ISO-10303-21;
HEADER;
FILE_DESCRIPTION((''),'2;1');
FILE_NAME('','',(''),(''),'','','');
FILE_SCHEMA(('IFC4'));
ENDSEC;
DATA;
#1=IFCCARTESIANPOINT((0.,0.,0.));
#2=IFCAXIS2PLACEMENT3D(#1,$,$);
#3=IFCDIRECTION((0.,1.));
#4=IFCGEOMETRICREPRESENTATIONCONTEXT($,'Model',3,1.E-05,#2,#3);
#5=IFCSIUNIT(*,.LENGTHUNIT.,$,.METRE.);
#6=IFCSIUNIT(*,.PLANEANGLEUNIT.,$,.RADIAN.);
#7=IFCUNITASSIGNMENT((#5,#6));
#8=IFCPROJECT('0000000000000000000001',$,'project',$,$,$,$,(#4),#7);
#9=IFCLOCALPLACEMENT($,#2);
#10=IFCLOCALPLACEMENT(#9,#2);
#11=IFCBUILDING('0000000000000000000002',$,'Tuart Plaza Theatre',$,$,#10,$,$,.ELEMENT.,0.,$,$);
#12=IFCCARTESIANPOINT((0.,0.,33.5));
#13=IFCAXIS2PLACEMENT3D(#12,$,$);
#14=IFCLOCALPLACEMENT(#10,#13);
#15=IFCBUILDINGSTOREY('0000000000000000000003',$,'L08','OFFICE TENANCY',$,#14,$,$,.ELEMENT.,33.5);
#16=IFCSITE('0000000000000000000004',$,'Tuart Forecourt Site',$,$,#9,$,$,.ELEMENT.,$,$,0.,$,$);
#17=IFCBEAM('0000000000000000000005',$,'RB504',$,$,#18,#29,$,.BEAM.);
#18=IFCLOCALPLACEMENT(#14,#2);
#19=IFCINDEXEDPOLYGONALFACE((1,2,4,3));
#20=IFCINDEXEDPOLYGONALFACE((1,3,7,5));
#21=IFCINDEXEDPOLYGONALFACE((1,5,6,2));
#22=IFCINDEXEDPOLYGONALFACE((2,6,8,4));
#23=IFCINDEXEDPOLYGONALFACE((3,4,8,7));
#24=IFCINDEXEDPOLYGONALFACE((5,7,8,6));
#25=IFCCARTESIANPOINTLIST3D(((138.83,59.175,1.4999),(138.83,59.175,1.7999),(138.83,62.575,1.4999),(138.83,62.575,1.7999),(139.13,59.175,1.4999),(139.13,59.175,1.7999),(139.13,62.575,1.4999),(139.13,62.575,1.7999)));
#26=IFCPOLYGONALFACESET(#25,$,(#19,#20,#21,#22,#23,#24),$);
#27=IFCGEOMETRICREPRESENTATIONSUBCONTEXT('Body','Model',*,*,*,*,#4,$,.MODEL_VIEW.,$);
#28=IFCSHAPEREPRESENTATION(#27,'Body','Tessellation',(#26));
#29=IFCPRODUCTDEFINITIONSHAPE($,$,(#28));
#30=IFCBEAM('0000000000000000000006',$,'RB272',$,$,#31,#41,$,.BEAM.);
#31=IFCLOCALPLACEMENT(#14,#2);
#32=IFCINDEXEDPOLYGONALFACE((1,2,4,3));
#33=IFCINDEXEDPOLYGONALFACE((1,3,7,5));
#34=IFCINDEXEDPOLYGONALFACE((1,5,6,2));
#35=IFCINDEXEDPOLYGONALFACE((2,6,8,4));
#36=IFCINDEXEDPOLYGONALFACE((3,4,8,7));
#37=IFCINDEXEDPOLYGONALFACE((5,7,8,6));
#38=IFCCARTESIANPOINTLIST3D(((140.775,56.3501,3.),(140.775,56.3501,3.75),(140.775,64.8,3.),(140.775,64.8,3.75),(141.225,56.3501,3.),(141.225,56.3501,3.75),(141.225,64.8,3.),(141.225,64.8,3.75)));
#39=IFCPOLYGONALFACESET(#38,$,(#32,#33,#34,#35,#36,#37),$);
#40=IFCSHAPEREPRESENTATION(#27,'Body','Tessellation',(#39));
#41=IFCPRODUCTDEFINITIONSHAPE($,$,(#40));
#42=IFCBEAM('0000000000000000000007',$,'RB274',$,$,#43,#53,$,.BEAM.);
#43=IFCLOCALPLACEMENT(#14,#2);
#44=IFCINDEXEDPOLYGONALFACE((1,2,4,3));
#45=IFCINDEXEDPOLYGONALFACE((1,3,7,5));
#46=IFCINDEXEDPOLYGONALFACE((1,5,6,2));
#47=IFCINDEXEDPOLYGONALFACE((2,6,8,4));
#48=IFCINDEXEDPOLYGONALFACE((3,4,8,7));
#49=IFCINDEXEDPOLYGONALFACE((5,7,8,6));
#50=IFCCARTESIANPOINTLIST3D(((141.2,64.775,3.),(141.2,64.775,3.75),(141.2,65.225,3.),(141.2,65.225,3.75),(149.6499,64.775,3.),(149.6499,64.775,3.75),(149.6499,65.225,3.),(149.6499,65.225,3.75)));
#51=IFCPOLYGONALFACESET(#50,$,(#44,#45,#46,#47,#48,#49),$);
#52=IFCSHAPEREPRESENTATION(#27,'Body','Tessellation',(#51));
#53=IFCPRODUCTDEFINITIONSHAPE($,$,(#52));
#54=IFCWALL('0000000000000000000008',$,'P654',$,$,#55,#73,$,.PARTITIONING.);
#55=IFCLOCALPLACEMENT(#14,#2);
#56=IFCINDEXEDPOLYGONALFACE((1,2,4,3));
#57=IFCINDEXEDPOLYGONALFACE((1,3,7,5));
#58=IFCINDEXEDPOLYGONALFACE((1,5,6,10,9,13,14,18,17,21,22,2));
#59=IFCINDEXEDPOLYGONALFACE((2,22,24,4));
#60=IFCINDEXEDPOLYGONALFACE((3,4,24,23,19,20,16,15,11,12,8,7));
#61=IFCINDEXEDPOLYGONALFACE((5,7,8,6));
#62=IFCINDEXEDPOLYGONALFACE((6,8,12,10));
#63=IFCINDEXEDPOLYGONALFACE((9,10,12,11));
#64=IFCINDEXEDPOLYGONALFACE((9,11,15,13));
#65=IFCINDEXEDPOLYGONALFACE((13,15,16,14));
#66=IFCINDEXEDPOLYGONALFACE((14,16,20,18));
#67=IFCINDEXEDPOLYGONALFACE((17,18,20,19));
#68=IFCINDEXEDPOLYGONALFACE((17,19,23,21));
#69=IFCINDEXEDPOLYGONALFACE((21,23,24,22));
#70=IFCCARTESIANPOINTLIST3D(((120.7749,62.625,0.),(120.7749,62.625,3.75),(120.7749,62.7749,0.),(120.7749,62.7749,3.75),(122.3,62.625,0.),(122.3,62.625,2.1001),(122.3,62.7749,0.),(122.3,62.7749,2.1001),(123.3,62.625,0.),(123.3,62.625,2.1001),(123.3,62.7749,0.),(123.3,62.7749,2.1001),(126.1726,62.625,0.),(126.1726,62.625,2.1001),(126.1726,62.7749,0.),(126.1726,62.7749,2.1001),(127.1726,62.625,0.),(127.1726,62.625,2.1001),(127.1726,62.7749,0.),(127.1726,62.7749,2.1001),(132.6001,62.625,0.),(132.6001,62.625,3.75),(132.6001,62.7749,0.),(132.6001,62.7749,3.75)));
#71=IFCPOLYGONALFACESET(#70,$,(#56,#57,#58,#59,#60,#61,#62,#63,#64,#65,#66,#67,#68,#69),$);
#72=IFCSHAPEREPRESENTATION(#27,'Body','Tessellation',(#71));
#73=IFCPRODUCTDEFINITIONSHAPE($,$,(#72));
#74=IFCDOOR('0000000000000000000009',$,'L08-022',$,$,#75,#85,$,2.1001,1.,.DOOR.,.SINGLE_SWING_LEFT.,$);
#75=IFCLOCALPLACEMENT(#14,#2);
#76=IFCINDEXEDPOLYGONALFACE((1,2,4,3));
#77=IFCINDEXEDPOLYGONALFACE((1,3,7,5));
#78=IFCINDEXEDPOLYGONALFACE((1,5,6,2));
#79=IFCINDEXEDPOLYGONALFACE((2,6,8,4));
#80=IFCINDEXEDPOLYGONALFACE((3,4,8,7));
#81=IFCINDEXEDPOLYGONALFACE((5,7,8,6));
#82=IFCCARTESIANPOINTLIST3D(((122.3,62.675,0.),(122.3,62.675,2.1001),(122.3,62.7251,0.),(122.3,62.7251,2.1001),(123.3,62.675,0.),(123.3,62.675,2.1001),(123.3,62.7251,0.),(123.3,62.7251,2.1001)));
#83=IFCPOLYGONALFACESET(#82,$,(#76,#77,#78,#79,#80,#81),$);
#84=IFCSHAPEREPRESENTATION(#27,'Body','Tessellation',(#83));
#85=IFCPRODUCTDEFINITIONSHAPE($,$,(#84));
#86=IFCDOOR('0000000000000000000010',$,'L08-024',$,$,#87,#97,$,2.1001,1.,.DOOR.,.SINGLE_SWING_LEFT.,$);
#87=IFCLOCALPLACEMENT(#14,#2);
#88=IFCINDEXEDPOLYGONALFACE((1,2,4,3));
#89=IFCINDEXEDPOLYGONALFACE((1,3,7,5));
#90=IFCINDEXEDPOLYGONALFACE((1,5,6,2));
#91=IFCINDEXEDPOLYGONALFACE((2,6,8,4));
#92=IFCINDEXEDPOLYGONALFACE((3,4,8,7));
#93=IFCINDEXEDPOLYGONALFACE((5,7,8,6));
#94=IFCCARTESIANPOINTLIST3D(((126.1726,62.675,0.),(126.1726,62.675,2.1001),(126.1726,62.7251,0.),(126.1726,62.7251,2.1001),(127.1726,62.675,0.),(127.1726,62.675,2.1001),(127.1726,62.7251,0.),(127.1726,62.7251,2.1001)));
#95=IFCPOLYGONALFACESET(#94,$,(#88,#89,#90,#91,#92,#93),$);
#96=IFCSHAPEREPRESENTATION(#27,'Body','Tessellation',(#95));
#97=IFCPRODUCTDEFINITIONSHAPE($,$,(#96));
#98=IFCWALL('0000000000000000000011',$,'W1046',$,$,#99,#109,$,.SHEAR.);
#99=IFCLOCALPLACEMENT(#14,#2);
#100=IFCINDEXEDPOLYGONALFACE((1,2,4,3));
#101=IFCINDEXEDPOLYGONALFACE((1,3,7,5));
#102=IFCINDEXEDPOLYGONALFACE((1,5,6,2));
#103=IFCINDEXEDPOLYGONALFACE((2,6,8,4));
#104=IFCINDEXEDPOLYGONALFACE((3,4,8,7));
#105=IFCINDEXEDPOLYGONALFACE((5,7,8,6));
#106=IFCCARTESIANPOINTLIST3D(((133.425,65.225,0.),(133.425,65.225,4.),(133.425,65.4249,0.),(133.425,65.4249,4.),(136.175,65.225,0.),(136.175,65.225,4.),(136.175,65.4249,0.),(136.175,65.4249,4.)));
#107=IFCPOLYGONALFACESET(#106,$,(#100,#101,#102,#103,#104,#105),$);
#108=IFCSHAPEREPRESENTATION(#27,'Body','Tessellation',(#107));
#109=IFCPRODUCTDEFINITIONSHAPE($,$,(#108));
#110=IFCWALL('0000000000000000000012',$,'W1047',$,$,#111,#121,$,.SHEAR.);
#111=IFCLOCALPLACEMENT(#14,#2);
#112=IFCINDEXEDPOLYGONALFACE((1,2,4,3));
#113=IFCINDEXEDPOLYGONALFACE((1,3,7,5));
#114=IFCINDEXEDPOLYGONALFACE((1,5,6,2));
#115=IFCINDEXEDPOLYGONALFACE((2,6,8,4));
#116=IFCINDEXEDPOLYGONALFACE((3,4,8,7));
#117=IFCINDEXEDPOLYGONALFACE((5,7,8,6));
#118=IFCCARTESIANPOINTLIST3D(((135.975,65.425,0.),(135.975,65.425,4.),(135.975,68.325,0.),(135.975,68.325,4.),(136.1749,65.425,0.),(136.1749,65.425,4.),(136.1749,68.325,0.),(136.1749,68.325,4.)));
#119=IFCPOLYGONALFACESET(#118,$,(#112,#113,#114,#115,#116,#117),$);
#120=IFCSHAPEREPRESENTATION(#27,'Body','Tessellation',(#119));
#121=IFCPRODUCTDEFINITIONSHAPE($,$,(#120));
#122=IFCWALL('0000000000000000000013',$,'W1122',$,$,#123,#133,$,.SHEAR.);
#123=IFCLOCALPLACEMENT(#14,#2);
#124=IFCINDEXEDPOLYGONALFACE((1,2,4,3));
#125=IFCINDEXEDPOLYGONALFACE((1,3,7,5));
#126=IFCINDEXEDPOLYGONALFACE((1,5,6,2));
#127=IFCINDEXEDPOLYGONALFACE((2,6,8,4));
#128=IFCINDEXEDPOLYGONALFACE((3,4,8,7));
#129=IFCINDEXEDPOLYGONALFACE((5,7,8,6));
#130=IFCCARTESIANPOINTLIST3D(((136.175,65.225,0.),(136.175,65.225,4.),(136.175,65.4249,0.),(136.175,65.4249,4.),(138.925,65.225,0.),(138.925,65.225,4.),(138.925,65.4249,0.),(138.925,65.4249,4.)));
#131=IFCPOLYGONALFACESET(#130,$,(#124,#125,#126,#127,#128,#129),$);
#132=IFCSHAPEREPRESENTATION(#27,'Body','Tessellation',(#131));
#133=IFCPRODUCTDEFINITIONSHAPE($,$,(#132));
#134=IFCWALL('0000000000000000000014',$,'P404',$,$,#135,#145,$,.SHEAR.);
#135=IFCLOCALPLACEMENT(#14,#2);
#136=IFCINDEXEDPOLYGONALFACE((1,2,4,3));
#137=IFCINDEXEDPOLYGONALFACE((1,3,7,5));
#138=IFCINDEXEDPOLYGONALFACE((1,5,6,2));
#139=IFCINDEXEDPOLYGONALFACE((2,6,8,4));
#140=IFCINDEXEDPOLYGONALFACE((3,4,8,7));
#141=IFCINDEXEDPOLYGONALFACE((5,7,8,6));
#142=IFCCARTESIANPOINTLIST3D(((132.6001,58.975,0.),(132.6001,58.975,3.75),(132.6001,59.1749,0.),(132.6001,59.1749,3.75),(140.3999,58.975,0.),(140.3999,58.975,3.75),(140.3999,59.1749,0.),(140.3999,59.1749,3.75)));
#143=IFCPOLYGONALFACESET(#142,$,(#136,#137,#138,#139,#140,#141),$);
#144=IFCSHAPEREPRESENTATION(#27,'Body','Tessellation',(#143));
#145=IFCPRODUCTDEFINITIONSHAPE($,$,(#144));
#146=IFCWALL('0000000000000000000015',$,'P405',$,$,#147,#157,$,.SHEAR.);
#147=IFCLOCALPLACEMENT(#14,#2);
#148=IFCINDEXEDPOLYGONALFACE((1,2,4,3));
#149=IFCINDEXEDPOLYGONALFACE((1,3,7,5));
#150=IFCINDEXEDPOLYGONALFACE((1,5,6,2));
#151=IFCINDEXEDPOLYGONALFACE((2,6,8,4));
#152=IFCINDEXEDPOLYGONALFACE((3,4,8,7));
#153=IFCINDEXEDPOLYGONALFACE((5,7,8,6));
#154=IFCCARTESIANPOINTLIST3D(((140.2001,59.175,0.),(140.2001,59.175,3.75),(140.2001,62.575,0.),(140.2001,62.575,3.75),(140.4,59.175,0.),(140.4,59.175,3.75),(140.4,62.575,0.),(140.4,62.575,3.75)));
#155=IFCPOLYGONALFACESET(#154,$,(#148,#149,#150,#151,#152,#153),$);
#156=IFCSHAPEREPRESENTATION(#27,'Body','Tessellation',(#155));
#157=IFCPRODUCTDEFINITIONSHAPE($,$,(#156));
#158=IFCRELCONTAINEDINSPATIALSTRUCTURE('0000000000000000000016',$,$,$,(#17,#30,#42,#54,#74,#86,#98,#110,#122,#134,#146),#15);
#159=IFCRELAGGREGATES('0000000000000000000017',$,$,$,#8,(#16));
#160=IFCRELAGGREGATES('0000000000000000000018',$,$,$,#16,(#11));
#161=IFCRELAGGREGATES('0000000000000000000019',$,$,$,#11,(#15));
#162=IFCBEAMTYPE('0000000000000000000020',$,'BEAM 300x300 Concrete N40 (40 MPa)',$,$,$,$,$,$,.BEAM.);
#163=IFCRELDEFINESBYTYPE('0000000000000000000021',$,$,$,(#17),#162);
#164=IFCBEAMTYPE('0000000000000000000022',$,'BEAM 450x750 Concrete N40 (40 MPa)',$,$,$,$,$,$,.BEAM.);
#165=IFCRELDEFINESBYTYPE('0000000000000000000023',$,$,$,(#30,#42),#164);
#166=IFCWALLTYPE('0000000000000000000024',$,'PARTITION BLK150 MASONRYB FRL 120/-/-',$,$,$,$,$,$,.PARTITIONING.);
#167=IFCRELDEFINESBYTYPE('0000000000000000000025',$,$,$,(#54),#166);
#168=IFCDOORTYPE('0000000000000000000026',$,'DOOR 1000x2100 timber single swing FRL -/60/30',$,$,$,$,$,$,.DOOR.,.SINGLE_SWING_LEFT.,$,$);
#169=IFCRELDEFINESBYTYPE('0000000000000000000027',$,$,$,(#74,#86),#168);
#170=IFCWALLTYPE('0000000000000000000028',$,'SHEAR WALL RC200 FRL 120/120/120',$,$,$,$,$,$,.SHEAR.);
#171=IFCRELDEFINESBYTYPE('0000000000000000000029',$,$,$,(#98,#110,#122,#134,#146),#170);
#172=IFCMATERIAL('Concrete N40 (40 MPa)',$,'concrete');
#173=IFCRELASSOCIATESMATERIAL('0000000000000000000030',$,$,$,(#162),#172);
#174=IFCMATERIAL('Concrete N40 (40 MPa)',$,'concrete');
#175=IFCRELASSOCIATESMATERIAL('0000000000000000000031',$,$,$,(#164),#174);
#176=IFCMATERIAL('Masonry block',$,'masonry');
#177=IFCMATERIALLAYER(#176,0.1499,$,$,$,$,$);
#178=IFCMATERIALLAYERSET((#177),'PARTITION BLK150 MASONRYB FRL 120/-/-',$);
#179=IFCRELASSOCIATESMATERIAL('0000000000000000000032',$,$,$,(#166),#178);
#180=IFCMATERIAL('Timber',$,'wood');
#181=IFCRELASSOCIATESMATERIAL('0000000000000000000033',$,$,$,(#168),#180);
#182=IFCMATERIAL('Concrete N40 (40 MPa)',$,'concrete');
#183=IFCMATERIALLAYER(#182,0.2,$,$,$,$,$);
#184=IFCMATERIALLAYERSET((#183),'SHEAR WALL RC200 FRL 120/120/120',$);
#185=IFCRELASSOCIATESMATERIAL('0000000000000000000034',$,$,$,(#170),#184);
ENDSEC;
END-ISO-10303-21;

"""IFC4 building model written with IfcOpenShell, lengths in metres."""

from ifc_helpers import new_model, si_unit, direction, frame, frame_2d, origin, origin_2d, place, context, subcontext, project, spatial, rectangle, extrude, material, layer, layer_set, material_profile, profile_set, type_object, element, fill, save


model = new_model("IFC4")

# Units and contexts
model_context = context("Model", 3, precision=1e-05, world=origin(), true_north=direction((0.0, 1.0)))
body_context = subcontext(model_context, "Body", "Model", "MODEL_VIEW")
ifc_project = project(units=[si_unit("LENGTHUNIT", "METRE"), si_unit("PLANEANGLEUNIT", "RADIAN")], contexts=[model_context])

# Site, building, storey
site_placement = place(None, origin())
site = spatial("IfcSite", under=ifc_project, at=site_placement, Name="Tuart Forecourt Site", CompositionType="ELEMENT", RefElevation=0.0)
building_placement = place(site_placement, origin())
building = spatial("IfcBuilding", under=site, at=building_placement, Name="Tuart Plaza Theatre", CompositionType="ELEMENT", ElevationOfRefHeight=0.0)
storey_placement = place(building_placement, frame((0.0, 0.0, 33.5)))
storey = spatial("IfcBuildingStorey", under=building, at=storey_placement, Name="L08", Description="OFFICE TENANCY", CompositionType="ELEMENT", Elevation=33.5)

# Beams
ifc_material_1 = material(Name="Concrete N40 (40 MPa)", Category="concrete")
ifc_material_profile_1 = material_profile(ifc_material_1, rectangle(XDim=0.3, YDim=0.3, at=origin_2d()), Name="BEAM 300x300 Concrete N40 (40 MPa)")
ifc_profile_set_1 = profile_set([ifc_material_profile_1], Name="Concrete N40 (40 MPa)")
beam_type_1 = type_object("IfcBeamType", Name="BEAM 300x300 Concrete N40 (40 MPa)", PredefinedType="BEAM", material=ifc_profile_set_1)
beam_placement = place(storey_placement, frame((138.98, 59.175, 1.6499), z_axis=(0.0, 1.0, 0.0), x_axis=(-1.0, 0.0, 0.0)))
element("IfcBeam", 1, at=beam_placement, inside=storey, type_object=beam_type_1, Name="RB504", PredefinedType="BEAM", context=body_context, shape_type="SweptSolid", body=[
    extrude(rectangle(XDim=0.3, YDim=0.3, at=origin_2d()), origin(), (0.0, 0.0, 1.0), 3.3999),
])
ifc_material_2 = material(Name="Concrete N40 (40 MPa)", Category="concrete")
ifc_material_profile_2 = material_profile(ifc_material_2, rectangle(XDim=0.45, YDim=0.75, at=origin_2d()), Name="BEAM 450x750 Concrete N40 (40 MPa)")
ifc_profile_set_2 = profile_set([ifc_material_profile_2], Name="Concrete N40 (40 MPa)")
beam_type_2 = type_object("IfcBeamType", Name="BEAM 450x750 Concrete N40 (40 MPa)", PredefinedType="BEAM", material=ifc_profile_set_2)
for number, where, z_axis, x_axis, name in (
    (2, (141.0, 56.3501, 3.375), (0.0, 1.0, 0.0), (-1.0, 0.0, 0.0), "RB272"),
    (3, (141.2, 65.0, 3.375), (1.0, 0.0, 0.0), (0.0, 1.0, 0.0), "RB274"),
):
    element("IfcBeam", number, at=place(storey_placement, frame(where, z_axis=z_axis, x_axis=x_axis)), inside=storey, type_object=beam_type_2, Name=name, PredefinedType="BEAM", context=body_context, shape_type="SweptSolid", body=[
        extrude(rectangle(XDim=0.45, YDim=0.75, at=origin_2d()), origin(), (0.0, 0.0, 1.0), 8.45),
    ])

# Wall, openings, doors
ifc_material_3 = material(Name="Masonry block", Category="masonry")
ifc_layer_1 = layer(ifc_material_3, 0.1499)
ifc_layer_set_1 = layer_set([ifc_layer_1], Name="PARTITION BLK150 MASONRYB FRL 120/-/-")
wall_type_1 = type_object("IfcWallType", Name="PARTITION BLK150 MASONRYB FRL 120/-/-", PredefinedType="PARTITIONING", material=ifc_layer_set_1)
wall_1_placement = place(storey_placement, frame((132.6001, 62.7, 0.0), z_axis=(0.0, 0.0, 1.0), x_axis=(-1.0, 0.0, 0.0)))
wall_1 = element("IfcWall", 4, at=wall_1_placement, inside=storey, type_object=wall_type_1, Name="P654", PredefinedType="PARTITIONING", context=body_context, shape_type="SweptSolid", body=[
    extrude(rectangle(XDim=11.8252, YDim=0.1499, at=frame_2d((5.9126, 0.0))), origin(), (0.0, 0.0, 1.0), 3.75),
])
opening_1_placement = place(wall_1_placement, frame((9.3, 0.0, 0.0)))
opening_1 = element("IfcOpeningElement", 5, at=opening_1_placement, cuts=wall_1, PredefinedType="OPENING", context=body_context, shape_type="SweptSolid", body=[
    extrude(rectangle(XDim=1.0, YDim=2.1001, at=frame_2d((0.5, 1.05))), frame((0.0, 0.085, 0.0), z_axis=(0.0, -1.0, 0.0), x_axis=(1.0, 0.0, 0.0)), (0.0, 0.0, 1.0), 0.1699),
])
opening_2_placement = place(wall_1_placement, frame((5.4275, 0.0, 0.0)))
opening_2 = element("IfcOpeningElement", 6, at=opening_2_placement, cuts=wall_1, PredefinedType="OPENING", context=body_context, shape_type="SweptSolid", body=[
    extrude(rectangle(XDim=1.0, YDim=2.1001, at=frame_2d((0.5, 1.05))), frame((0.0, 0.085, 0.0), z_axis=(0.0, -1.0, 0.0), x_axis=(1.0, 0.0, 0.0)), (0.0, 0.0, 1.0), 0.1699),
])
ifc_material_4 = material(Name="Timber", Category="wood")
door_type_1 = type_object("IfcDoorType", Name="DOOR 1000x2100 timber single swing FRL -/60/30", OperationType="SINGLE_SWING_LEFT", PredefinedType="DOOR", material=ifc_material_4)
door_1_placement = place(opening_1_placement, origin())
door_1 = element("IfcDoor", 7, at=door_1_placement, inside=storey, type_object=door_type_1, Name="L08-022", OperationType="SINGLE_SWING_LEFT", OverallHeight=2.1001, OverallWidth=1.0, PredefinedType="DOOR", context=body_context, shape_type="SweptSolid", body=[
    extrude(rectangle(XDim=1.0, YDim=2.1001, at=frame_2d((0.5, 1.05))), frame((0.0, 0.0249, 0.0), z_axis=(0.0, -1.0, 0.0), x_axis=(1.0, 0.0, 0.0)), (0.0, 0.0, 1.0), 0.05),
])
fill(opening_1, door_1)
door_2_placement = place(opening_2_placement, origin())
door_2 = element("IfcDoor", 8, at=door_2_placement, inside=storey, type_object=door_type_1, Name="L08-024", OperationType="SINGLE_SWING_LEFT", OverallHeight=2.1001, OverallWidth=1.0, PredefinedType="DOOR", context=body_context, shape_type="SweptSolid", body=[
    extrude(rectangle(XDim=1.0, YDim=2.1001, at=frame_2d((0.5, 1.05))), frame((0.0, 0.0249, 0.0), z_axis=(0.0, -1.0, 0.0), x_axis=(1.0, 0.0, 0.0)), (0.0, 0.0, 1.0), 0.05),
])
fill(opening_2, door_2)

# Walls
ifc_material_5 = material(Name="Concrete N40 (40 MPa)", Category="concrete")
ifc_layer_2 = layer(ifc_material_5, 0.2)
ifc_layer_set_2 = layer_set([ifc_layer_2], Name="SHEAR WALL RC200 FRL 120/120/120")
wall_type_2 = type_object("IfcWallType", Name="SHEAR WALL RC200 FRL 120/120/120", PredefinedType="SHEAR", material=ifc_layer_set_2)
wall_2_placement = place(storey_placement, frame((133.425, 65.325, 0.0), z_axis=(0.0, 0.0, 1.0), x_axis=(1.0, 0.0, 0.0)))
element("IfcWall", 9, at=wall_2_placement, inside=storey, type_object=wall_type_2, Name="W1046", PredefinedType="SHEAR", context=body_context, shape_type="SweptSolid", body=[
    extrude(rectangle(XDim=2.75, YDim=0.2, at=frame_2d((1.375, 0.0))), origin(), (0.0, 0.0, 1.0), 4.0),
])
wall_3_placement = place(storey_placement, frame((136.075, 65.425, 0.0), z_axis=(0.0, 0.0, 1.0), x_axis=(0.0, 1.0, 0.0)))
element("IfcWall", 10, at=wall_3_placement, inside=storey, type_object=wall_type_2, Name="W1047", PredefinedType="SHEAR", context=body_context, shape_type="SweptSolid", body=[
    extrude(rectangle(XDim=2.8999, YDim=0.2, at=frame_2d((1.45, 0.0))), origin(), (0.0, 0.0, 1.0), 4.0),
])
wall_4_placement = place(storey_placement, frame((136.175, 65.325, 0.0), z_axis=(0.0, 0.0, 1.0), x_axis=(1.0, 0.0, 0.0)))
element("IfcWall", 11, at=wall_4_placement, inside=storey, type_object=wall_type_2, Name="W1122", PredefinedType="SHEAR", context=body_context, shape_type="SweptSolid", body=[
    extrude(rectangle(XDim=2.75, YDim=0.2, at=frame_2d((1.375, 0.0))), origin(), (0.0, 0.0, 1.0), 4.0),
])
wall_5_placement = place(storey_placement, frame((132.6001, 59.075, 0.0), z_axis=(0.0, 0.0, 1.0), x_axis=(1.0, 0.0, 0.0)))
element("IfcWall", 12, at=wall_5_placement, inside=storey, type_object=wall_type_2, Name="P404", PredefinedType="SHEAR", context=body_context, shape_type="SweptSolid", body=[
    extrude(rectangle(XDim=7.7998, YDim=0.2, at=frame_2d((3.8999, 0.0))), origin(), (0.0, 0.0, 1.0), 3.75),
])
wall_6_placement = place(storey_placement, frame((140.3, 59.175, 0.0), z_axis=(0.0, 0.0, 1.0), x_axis=(0.0, 1.0, 0.0)))
element("IfcWall", 13, at=wall_6_placement, inside=storey, type_object=wall_type_2, Name="P405", PredefinedType="SHEAR", context=body_context, shape_type="SweptSolid", body=[
    extrude(rectangle(XDim=3.3999, YDim=0.2, at=frame_2d((1.7, 0.0))), origin(), (0.0, 0.0, 1.0), 3.75),
])

save(model, "model.ifc")
